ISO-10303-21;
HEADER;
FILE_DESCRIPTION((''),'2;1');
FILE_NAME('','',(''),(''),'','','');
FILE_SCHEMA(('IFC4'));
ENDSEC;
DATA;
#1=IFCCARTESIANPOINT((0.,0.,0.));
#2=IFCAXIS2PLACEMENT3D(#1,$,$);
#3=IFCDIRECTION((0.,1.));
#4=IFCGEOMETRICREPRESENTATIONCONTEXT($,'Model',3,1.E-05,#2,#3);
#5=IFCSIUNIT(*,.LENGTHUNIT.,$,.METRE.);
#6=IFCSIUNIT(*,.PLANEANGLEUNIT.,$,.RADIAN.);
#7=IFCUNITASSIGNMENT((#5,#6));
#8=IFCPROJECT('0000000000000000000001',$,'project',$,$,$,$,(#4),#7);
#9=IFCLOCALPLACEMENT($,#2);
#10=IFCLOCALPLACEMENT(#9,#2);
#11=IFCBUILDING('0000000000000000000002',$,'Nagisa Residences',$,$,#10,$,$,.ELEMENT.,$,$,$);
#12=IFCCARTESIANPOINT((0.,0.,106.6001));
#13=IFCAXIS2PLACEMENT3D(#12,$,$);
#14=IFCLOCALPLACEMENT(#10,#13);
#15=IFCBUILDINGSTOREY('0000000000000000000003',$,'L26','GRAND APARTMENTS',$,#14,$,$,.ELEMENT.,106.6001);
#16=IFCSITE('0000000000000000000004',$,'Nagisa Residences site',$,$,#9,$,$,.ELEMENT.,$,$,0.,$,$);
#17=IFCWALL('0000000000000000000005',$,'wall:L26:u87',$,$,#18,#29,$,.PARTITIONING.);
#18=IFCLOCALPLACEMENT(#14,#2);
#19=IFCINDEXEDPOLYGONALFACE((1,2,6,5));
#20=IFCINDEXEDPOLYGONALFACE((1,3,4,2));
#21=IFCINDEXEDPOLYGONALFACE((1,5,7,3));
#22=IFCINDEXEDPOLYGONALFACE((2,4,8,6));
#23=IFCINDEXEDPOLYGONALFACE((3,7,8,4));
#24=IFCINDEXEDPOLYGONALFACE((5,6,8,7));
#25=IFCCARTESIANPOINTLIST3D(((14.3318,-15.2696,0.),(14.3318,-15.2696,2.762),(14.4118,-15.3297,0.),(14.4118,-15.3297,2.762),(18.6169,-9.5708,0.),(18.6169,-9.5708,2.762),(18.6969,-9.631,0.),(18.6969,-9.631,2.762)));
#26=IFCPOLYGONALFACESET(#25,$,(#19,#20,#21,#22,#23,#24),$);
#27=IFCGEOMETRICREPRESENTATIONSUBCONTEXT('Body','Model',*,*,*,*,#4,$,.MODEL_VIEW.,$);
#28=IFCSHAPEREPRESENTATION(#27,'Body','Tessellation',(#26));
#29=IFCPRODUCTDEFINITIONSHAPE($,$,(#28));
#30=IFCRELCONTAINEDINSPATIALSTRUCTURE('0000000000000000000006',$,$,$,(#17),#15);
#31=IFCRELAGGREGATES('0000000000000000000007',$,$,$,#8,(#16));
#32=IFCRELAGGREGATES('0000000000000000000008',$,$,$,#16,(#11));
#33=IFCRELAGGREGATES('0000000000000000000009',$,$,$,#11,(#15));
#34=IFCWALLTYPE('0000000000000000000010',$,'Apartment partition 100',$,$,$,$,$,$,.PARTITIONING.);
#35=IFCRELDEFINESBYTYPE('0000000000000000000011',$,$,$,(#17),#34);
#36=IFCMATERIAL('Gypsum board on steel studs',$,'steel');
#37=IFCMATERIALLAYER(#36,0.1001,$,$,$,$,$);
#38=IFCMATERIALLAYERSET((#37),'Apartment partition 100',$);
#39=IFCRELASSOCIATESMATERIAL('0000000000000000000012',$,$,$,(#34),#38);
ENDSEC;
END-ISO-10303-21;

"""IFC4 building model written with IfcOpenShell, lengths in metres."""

from ifc_helpers import new_model, si_unit, direction, frame, frame_2d, origin, place, context, subcontext, project, spatial, rectangle, extrude, material, layer, layer_set, type_object, element, save


model = new_model("IFC4")

# Units and contexts
model_context = context("Model", 3, precision=1e-05, world=origin(), true_north=direction((0.0, 1.0)))
body_context = subcontext(model_context, "Body", "Model", "MODEL_VIEW")
ifc_project = project(units=[si_unit("LENGTHUNIT", "METRE"), si_unit("PLANEANGLEUNIT", "RADIAN")], contexts=[model_context])

# Site, building, storey
site_placement = place(None, origin())
site = spatial("IfcSite", under=ifc_project, at=site_placement, Name="Nagisa Residences site", CompositionType="ELEMENT", RefElevation=0.0)
building_placement = place(site_placement, origin())
building = spatial("IfcBuilding", under=site, at=building_placement, Name="Nagisa Residences", CompositionType="ELEMENT")
storey_placement = place(building_placement, frame((0.0, 0.0, 106.6001)))
storey = spatial("IfcBuildingStorey", under=building, at=storey_placement, Name="L26", Description="GRAND APARTMENTS", CompositionType="ELEMENT", Elevation=106.6001)

# Shared definitions
ifc_material_1 = material(Name="Gypsum board on steel studs", Category="steel")
ifc_layer_1 = layer(ifc_material_1, 0.1001)
ifc_layer_set_1 = layer_set([ifc_layer_1], Name="Apartment partition 100")
wall_type_1 = type_object("IfcWallType", Name="Apartment partition 100", PredefinedType="PARTITIONING", material=ifc_layer_set_1)

# Wall
wall_1_placement = place(storey_placement, frame((14.3718, -15.2996, 0.0), z_axis=(0.0, 0.0, 1.0), x_axis=(0.600997, 0.799252, 0.0)))
element("IfcWall", 1, at=wall_1_placement, inside=storey, type_object=wall_type_1, Name="wall:L26:u87", PredefinedType="PARTITIONING", context=body_context, shape_type="SweptSolid", body=[
    extrude(rectangle(XDim=7.1301, YDim=0.1001, at=frame_2d((3.5649, 0.0))), origin(), (0.0, 0.0, 1.0), 2.762),
])

save(model, "model.ifc")
